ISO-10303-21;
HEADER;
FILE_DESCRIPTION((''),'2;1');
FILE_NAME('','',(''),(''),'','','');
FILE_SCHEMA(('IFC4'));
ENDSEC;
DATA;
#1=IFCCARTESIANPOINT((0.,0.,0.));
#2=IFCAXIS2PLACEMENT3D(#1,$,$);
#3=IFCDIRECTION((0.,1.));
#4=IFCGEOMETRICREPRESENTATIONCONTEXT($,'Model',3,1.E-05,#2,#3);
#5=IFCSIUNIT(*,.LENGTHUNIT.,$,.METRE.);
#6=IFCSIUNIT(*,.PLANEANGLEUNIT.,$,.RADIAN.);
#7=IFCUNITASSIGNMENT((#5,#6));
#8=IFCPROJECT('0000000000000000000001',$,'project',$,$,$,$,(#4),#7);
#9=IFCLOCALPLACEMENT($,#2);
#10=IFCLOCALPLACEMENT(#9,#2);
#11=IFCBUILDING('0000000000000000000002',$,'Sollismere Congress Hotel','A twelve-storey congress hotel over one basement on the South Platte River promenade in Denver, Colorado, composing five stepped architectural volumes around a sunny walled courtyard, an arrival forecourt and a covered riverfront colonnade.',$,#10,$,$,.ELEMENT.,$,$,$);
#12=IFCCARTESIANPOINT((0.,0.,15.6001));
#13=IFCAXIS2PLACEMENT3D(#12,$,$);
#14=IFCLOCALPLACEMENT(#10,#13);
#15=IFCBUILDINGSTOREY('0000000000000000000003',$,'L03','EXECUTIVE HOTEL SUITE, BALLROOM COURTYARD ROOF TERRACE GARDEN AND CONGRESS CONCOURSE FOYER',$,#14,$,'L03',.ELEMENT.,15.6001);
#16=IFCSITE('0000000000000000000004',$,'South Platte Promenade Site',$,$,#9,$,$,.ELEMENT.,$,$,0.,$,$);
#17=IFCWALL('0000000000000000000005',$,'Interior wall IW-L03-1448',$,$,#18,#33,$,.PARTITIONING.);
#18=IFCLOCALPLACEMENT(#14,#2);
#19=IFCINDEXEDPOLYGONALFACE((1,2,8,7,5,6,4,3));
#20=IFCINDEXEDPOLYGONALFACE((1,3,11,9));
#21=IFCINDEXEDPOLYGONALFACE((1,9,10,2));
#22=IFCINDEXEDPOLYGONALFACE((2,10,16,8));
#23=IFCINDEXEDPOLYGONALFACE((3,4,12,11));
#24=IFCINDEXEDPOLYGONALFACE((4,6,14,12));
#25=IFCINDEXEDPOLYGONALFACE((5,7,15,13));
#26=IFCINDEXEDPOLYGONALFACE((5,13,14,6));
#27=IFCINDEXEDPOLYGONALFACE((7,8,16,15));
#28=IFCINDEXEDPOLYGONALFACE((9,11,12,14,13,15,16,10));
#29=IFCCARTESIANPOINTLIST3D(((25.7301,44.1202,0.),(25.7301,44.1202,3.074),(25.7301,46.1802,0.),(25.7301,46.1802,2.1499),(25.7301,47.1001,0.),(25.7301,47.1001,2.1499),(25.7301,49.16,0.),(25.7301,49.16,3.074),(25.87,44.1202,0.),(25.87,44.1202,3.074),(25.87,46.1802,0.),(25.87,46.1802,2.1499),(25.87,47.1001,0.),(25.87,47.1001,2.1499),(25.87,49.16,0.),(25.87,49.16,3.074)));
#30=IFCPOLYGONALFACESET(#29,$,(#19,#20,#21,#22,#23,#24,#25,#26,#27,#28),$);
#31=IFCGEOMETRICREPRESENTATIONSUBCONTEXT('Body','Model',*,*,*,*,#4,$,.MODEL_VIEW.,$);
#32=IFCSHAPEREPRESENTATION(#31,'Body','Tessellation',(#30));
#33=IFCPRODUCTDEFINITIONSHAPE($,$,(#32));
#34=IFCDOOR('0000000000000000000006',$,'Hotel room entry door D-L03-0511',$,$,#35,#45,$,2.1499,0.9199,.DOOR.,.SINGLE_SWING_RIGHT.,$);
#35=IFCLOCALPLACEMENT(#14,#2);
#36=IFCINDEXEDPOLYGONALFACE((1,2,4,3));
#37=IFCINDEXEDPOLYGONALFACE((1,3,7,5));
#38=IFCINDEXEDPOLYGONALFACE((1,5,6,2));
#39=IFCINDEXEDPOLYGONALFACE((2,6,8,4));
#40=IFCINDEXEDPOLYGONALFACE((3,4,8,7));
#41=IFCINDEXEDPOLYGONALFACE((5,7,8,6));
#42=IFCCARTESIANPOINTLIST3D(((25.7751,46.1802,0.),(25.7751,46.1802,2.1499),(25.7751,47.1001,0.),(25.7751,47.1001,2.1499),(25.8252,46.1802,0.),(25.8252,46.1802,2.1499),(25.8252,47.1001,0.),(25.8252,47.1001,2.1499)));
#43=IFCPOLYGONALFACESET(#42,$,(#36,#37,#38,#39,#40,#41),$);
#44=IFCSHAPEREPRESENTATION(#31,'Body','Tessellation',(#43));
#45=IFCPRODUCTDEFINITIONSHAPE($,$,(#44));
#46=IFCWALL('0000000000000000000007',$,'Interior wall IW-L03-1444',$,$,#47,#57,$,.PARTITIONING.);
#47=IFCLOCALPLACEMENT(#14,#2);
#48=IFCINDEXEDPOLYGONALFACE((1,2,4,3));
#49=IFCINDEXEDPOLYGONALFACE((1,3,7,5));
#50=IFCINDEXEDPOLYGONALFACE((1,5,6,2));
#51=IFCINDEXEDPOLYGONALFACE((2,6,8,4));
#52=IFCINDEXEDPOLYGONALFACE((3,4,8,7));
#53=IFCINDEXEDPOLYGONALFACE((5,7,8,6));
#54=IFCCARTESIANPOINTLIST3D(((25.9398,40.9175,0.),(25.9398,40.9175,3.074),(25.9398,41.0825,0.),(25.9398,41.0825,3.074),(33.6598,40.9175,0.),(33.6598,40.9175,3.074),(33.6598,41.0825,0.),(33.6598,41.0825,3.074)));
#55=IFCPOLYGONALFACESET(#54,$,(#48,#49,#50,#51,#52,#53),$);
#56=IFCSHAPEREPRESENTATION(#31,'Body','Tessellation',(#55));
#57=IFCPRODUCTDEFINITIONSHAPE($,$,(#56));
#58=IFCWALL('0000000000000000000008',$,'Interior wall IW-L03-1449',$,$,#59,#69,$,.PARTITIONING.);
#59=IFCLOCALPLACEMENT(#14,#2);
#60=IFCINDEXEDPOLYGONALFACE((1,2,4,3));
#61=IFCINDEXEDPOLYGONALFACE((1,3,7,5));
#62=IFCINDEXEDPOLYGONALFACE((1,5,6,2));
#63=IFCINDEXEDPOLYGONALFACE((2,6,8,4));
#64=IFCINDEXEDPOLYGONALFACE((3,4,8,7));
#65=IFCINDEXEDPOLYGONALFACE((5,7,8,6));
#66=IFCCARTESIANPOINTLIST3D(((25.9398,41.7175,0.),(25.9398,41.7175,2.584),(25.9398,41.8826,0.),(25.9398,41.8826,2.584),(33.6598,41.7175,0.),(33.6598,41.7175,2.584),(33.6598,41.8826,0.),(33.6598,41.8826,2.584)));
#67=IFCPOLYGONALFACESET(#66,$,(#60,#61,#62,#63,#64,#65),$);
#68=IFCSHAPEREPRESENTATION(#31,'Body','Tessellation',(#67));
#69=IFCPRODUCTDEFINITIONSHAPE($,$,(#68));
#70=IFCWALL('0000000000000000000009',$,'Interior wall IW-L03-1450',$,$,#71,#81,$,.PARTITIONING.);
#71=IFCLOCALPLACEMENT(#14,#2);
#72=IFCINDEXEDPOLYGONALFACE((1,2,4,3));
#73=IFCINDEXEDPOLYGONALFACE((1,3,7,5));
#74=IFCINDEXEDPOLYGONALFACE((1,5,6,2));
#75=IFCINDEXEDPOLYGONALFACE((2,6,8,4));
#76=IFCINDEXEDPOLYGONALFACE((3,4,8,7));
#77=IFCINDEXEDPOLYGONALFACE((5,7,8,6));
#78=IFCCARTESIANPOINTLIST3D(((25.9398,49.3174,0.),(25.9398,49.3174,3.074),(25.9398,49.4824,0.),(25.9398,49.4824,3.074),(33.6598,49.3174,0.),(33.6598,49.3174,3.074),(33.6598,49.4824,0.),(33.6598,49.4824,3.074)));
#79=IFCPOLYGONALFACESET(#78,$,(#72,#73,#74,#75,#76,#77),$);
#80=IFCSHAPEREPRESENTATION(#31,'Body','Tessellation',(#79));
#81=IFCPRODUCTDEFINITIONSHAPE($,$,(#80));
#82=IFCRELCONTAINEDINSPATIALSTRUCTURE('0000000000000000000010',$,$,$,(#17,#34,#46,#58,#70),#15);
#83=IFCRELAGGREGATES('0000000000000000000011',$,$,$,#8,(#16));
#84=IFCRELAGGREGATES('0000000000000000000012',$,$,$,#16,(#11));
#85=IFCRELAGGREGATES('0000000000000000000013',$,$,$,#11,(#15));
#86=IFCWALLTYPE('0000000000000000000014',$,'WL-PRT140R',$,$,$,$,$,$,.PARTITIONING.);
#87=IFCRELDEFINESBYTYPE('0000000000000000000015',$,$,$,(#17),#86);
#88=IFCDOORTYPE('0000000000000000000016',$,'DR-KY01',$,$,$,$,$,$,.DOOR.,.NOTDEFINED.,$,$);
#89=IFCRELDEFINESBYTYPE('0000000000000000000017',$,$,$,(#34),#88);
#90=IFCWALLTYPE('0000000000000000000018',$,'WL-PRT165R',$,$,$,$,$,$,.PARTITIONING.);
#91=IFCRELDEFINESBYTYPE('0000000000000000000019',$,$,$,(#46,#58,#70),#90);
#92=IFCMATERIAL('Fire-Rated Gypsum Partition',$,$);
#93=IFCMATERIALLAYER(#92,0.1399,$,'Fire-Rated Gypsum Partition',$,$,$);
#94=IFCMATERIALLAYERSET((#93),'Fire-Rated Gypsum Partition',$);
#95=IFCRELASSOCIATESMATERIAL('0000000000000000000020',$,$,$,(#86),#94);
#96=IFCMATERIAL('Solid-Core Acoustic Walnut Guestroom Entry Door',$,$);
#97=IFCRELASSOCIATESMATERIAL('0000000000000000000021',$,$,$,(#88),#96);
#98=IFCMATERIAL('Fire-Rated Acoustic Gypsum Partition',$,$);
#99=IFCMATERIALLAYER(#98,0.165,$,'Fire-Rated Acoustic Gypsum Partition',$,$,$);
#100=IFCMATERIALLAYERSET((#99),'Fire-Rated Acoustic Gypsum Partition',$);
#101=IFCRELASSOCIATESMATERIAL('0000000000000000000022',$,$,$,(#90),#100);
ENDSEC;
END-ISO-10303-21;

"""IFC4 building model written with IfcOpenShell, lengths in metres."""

from ifc_helpers import new_model, si_unit, direction, frame, frame_2d, origin, place, context, subcontext, project, spatial, rectangle, extrude, material, layer, layer_set, type_object, element, fill, save


model = new_model("IFC4")

# Units and contexts
model_context = context("Model", 3, precision=1e-05, world=origin(), true_north=direction((0.0, 1.0)))
body_context = subcontext(model_context, "Body", "Model", "MODEL_VIEW")
ifc_project = project(units=[si_unit("LENGTHUNIT", "METRE"), si_unit("PLANEANGLEUNIT", "RADIAN")], contexts=[model_context])

# Site, building, storey
site_placement = place(None, origin())
site = spatial("IfcSite", under=ifc_project, at=site_placement, Name="South Platte Promenade Site", CompositionType="ELEMENT", RefElevation=0.0)
building_placement = place(site_placement, origin())
building = spatial("IfcBuilding", under=site, at=building_placement, Name="Sollismere Congress Hotel", Description="A twelve-storey congress hotel over one basement on the South Platte River promenade in Denver, Colorado, composing five stepped architectural volumes around a sunny walled courtyard, an arrival forecourt and a covered riverfront colonnade.", CompositionType="ELEMENT")
storey_placement = place(building_placement, frame((0.0, 0.0, 15.6001)))
storey = spatial("IfcBuildingStorey", under=building, at=storey_placement, Name="L03", Description="EXECUTIVE HOTEL SUITE, BALLROOM COURTYARD ROOF TERRACE GARDEN AND CONGRESS CONCOURSE FOYER", LongName="L03", CompositionType="ELEMENT", Elevation=15.6001)

# Shared definitions
ifc_material_1 = material(Name="Fire-Rated Gypsum Partition")
ifc_layer_1 = layer(ifc_material_1, 0.1399, Name="Fire-Rated Gypsum Partition")
ifc_layer_set_1 = layer_set([ifc_layer_1], Name="Fire-Rated Gypsum Partition")
wall_type_1 = type_object("IfcWallType", Name="WL-PRT140R", PredefinedType="PARTITIONING", material=ifc_layer_set_1)

# Wall, opening, door
wall_1_placement = place(storey_placement, frame((25.8, 44.1201, 0.0), z_axis=(0.0, 0.0, 1.0), x_axis=(0.0, 1.0, 0.0)))
wall_1 = element("IfcWall", 1, at=wall_1_placement, inside=storey, type_object=wall_type_1, Name="Interior wall IW-L03-1448", PredefinedType="PARTITIONING", context=body_context, shape_type="SweptSolid", body=[
    extrude(rectangle(XDim=5.0398, YDim=0.1399, at=frame_2d((2.52, 0.0))), origin(), (0.0, 0.0, 1.0), 3.074),
])
opening_1_placement = place(wall_1_placement, frame((2.0601, 0.0, 0.0)))
opening_1 = element("IfcOpeningElement", 2, at=opening_1_placement, cuts=wall_1, PredefinedType="OPENING", context=body_context, shape_type="SweptSolid", body=[
    extrude(rectangle(XDim=0.9199, YDim=2.1499, at=frame_2d((0.46, 1.075))), frame((0.0, 0.0798, 0.0), z_axis=(0.0, -1.0, 0.0), x_axis=(1.0, 0.0, 0.0)), (0.0, 0.0, 1.0), 0.1599),
])
ifc_material_2 = material(Name="Solid-Core Acoustic Walnut Guestroom Entry Door")
door_type_1 = type_object("IfcDoorType", Name="DR-KY01", OperationType="NOTDEFINED", PredefinedType="DOOR", material=ifc_material_2)
door_1_placement = place(opening_1_placement, origin())
door_1 = element("IfcDoor", 3, at=door_1_placement, inside=storey, type_object=door_type_1, Name="Hotel room entry door D-L03-0511", OperationType="SINGLE_SWING_RIGHT", OverallHeight=2.1499, OverallWidth=0.9199, PredefinedType="DOOR", context=body_context, shape_type="SweptSolid", body=[
    extrude(rectangle(XDim=0.9199, YDim=2.1499, at=frame_2d((0.46, 1.075))), frame((0.0, 0.0249, 0.0), z_axis=(0.0, -1.0, 0.0), x_axis=(1.0, 0.0, 0.0)), (0.0, 0.0, 1.0), 0.05),
])
fill(opening_1, door_1)

# Walls
ifc_material_3 = material(Name="Fire-Rated Acoustic Gypsum Partition")
ifc_layer_2 = layer(ifc_material_3, 0.165, Name="Fire-Rated Acoustic Gypsum Partition")
ifc_layer_set_2 = layer_set([ifc_layer_2], Name="Fire-Rated Acoustic Gypsum Partition")
wall_type_2 = type_object("IfcWallType", Name="WL-PRT165R", PredefinedType="PARTITIONING", material=ifc_layer_set_2)
wall_2_placement = place(storey_placement, frame((25.9399, 41.0, 0.0), z_axis=(0.0, 0.0, 1.0), x_axis=(1.0, 0.0, 0.0)))
element("IfcWall", 4, at=wall_2_placement, inside=storey, type_object=wall_type_2, Name="Interior wall IW-L03-1444", PredefinedType="PARTITIONING", context=body_context, shape_type="SweptSolid", body=[
    extrude(rectangle(XDim=7.72, YDim=0.165, at=frame_2d((3.8599, 0.0))), origin(), (0.0, 0.0, 1.0), 3.074),
])
wall_3_placement = place(storey_placement, frame((25.9399, 41.8, 0.0), z_axis=(0.0, 0.0, 1.0), x_axis=(1.0, 0.0, 0.0)))
element("IfcWall", 5, at=wall_3_placement, inside=storey, type_object=wall_type_2, Name="Interior wall IW-L03-1449", PredefinedType="PARTITIONING", context=body_context, shape_type="SweptSolid", body=[
    extrude(rectangle(XDim=7.72, YDim=0.165, at=frame_2d((3.8599, 0.0))), origin(), (0.0, 0.0, 1.0), 2.584),
])
wall_4_placement = place(storey_placement, frame((25.9399, 49.3999, 0.0), z_axis=(0.0, 0.0, 1.0), x_axis=(1.0, 0.0, 0.0)))
element("IfcWall", 6, at=wall_4_placement, inside=storey, type_object=wall_type_2, Name="Interior wall IW-L03-1450", PredefinedType="PARTITIONING", context=body_context, shape_type="SweptSolid", body=[
    extrude(rectangle(XDim=7.72, YDim=0.165, at=frame_2d((3.8599, 0.0))), origin(), (0.0, 0.0, 1.0), 3.074),
])

save(model, "model.ifc")
